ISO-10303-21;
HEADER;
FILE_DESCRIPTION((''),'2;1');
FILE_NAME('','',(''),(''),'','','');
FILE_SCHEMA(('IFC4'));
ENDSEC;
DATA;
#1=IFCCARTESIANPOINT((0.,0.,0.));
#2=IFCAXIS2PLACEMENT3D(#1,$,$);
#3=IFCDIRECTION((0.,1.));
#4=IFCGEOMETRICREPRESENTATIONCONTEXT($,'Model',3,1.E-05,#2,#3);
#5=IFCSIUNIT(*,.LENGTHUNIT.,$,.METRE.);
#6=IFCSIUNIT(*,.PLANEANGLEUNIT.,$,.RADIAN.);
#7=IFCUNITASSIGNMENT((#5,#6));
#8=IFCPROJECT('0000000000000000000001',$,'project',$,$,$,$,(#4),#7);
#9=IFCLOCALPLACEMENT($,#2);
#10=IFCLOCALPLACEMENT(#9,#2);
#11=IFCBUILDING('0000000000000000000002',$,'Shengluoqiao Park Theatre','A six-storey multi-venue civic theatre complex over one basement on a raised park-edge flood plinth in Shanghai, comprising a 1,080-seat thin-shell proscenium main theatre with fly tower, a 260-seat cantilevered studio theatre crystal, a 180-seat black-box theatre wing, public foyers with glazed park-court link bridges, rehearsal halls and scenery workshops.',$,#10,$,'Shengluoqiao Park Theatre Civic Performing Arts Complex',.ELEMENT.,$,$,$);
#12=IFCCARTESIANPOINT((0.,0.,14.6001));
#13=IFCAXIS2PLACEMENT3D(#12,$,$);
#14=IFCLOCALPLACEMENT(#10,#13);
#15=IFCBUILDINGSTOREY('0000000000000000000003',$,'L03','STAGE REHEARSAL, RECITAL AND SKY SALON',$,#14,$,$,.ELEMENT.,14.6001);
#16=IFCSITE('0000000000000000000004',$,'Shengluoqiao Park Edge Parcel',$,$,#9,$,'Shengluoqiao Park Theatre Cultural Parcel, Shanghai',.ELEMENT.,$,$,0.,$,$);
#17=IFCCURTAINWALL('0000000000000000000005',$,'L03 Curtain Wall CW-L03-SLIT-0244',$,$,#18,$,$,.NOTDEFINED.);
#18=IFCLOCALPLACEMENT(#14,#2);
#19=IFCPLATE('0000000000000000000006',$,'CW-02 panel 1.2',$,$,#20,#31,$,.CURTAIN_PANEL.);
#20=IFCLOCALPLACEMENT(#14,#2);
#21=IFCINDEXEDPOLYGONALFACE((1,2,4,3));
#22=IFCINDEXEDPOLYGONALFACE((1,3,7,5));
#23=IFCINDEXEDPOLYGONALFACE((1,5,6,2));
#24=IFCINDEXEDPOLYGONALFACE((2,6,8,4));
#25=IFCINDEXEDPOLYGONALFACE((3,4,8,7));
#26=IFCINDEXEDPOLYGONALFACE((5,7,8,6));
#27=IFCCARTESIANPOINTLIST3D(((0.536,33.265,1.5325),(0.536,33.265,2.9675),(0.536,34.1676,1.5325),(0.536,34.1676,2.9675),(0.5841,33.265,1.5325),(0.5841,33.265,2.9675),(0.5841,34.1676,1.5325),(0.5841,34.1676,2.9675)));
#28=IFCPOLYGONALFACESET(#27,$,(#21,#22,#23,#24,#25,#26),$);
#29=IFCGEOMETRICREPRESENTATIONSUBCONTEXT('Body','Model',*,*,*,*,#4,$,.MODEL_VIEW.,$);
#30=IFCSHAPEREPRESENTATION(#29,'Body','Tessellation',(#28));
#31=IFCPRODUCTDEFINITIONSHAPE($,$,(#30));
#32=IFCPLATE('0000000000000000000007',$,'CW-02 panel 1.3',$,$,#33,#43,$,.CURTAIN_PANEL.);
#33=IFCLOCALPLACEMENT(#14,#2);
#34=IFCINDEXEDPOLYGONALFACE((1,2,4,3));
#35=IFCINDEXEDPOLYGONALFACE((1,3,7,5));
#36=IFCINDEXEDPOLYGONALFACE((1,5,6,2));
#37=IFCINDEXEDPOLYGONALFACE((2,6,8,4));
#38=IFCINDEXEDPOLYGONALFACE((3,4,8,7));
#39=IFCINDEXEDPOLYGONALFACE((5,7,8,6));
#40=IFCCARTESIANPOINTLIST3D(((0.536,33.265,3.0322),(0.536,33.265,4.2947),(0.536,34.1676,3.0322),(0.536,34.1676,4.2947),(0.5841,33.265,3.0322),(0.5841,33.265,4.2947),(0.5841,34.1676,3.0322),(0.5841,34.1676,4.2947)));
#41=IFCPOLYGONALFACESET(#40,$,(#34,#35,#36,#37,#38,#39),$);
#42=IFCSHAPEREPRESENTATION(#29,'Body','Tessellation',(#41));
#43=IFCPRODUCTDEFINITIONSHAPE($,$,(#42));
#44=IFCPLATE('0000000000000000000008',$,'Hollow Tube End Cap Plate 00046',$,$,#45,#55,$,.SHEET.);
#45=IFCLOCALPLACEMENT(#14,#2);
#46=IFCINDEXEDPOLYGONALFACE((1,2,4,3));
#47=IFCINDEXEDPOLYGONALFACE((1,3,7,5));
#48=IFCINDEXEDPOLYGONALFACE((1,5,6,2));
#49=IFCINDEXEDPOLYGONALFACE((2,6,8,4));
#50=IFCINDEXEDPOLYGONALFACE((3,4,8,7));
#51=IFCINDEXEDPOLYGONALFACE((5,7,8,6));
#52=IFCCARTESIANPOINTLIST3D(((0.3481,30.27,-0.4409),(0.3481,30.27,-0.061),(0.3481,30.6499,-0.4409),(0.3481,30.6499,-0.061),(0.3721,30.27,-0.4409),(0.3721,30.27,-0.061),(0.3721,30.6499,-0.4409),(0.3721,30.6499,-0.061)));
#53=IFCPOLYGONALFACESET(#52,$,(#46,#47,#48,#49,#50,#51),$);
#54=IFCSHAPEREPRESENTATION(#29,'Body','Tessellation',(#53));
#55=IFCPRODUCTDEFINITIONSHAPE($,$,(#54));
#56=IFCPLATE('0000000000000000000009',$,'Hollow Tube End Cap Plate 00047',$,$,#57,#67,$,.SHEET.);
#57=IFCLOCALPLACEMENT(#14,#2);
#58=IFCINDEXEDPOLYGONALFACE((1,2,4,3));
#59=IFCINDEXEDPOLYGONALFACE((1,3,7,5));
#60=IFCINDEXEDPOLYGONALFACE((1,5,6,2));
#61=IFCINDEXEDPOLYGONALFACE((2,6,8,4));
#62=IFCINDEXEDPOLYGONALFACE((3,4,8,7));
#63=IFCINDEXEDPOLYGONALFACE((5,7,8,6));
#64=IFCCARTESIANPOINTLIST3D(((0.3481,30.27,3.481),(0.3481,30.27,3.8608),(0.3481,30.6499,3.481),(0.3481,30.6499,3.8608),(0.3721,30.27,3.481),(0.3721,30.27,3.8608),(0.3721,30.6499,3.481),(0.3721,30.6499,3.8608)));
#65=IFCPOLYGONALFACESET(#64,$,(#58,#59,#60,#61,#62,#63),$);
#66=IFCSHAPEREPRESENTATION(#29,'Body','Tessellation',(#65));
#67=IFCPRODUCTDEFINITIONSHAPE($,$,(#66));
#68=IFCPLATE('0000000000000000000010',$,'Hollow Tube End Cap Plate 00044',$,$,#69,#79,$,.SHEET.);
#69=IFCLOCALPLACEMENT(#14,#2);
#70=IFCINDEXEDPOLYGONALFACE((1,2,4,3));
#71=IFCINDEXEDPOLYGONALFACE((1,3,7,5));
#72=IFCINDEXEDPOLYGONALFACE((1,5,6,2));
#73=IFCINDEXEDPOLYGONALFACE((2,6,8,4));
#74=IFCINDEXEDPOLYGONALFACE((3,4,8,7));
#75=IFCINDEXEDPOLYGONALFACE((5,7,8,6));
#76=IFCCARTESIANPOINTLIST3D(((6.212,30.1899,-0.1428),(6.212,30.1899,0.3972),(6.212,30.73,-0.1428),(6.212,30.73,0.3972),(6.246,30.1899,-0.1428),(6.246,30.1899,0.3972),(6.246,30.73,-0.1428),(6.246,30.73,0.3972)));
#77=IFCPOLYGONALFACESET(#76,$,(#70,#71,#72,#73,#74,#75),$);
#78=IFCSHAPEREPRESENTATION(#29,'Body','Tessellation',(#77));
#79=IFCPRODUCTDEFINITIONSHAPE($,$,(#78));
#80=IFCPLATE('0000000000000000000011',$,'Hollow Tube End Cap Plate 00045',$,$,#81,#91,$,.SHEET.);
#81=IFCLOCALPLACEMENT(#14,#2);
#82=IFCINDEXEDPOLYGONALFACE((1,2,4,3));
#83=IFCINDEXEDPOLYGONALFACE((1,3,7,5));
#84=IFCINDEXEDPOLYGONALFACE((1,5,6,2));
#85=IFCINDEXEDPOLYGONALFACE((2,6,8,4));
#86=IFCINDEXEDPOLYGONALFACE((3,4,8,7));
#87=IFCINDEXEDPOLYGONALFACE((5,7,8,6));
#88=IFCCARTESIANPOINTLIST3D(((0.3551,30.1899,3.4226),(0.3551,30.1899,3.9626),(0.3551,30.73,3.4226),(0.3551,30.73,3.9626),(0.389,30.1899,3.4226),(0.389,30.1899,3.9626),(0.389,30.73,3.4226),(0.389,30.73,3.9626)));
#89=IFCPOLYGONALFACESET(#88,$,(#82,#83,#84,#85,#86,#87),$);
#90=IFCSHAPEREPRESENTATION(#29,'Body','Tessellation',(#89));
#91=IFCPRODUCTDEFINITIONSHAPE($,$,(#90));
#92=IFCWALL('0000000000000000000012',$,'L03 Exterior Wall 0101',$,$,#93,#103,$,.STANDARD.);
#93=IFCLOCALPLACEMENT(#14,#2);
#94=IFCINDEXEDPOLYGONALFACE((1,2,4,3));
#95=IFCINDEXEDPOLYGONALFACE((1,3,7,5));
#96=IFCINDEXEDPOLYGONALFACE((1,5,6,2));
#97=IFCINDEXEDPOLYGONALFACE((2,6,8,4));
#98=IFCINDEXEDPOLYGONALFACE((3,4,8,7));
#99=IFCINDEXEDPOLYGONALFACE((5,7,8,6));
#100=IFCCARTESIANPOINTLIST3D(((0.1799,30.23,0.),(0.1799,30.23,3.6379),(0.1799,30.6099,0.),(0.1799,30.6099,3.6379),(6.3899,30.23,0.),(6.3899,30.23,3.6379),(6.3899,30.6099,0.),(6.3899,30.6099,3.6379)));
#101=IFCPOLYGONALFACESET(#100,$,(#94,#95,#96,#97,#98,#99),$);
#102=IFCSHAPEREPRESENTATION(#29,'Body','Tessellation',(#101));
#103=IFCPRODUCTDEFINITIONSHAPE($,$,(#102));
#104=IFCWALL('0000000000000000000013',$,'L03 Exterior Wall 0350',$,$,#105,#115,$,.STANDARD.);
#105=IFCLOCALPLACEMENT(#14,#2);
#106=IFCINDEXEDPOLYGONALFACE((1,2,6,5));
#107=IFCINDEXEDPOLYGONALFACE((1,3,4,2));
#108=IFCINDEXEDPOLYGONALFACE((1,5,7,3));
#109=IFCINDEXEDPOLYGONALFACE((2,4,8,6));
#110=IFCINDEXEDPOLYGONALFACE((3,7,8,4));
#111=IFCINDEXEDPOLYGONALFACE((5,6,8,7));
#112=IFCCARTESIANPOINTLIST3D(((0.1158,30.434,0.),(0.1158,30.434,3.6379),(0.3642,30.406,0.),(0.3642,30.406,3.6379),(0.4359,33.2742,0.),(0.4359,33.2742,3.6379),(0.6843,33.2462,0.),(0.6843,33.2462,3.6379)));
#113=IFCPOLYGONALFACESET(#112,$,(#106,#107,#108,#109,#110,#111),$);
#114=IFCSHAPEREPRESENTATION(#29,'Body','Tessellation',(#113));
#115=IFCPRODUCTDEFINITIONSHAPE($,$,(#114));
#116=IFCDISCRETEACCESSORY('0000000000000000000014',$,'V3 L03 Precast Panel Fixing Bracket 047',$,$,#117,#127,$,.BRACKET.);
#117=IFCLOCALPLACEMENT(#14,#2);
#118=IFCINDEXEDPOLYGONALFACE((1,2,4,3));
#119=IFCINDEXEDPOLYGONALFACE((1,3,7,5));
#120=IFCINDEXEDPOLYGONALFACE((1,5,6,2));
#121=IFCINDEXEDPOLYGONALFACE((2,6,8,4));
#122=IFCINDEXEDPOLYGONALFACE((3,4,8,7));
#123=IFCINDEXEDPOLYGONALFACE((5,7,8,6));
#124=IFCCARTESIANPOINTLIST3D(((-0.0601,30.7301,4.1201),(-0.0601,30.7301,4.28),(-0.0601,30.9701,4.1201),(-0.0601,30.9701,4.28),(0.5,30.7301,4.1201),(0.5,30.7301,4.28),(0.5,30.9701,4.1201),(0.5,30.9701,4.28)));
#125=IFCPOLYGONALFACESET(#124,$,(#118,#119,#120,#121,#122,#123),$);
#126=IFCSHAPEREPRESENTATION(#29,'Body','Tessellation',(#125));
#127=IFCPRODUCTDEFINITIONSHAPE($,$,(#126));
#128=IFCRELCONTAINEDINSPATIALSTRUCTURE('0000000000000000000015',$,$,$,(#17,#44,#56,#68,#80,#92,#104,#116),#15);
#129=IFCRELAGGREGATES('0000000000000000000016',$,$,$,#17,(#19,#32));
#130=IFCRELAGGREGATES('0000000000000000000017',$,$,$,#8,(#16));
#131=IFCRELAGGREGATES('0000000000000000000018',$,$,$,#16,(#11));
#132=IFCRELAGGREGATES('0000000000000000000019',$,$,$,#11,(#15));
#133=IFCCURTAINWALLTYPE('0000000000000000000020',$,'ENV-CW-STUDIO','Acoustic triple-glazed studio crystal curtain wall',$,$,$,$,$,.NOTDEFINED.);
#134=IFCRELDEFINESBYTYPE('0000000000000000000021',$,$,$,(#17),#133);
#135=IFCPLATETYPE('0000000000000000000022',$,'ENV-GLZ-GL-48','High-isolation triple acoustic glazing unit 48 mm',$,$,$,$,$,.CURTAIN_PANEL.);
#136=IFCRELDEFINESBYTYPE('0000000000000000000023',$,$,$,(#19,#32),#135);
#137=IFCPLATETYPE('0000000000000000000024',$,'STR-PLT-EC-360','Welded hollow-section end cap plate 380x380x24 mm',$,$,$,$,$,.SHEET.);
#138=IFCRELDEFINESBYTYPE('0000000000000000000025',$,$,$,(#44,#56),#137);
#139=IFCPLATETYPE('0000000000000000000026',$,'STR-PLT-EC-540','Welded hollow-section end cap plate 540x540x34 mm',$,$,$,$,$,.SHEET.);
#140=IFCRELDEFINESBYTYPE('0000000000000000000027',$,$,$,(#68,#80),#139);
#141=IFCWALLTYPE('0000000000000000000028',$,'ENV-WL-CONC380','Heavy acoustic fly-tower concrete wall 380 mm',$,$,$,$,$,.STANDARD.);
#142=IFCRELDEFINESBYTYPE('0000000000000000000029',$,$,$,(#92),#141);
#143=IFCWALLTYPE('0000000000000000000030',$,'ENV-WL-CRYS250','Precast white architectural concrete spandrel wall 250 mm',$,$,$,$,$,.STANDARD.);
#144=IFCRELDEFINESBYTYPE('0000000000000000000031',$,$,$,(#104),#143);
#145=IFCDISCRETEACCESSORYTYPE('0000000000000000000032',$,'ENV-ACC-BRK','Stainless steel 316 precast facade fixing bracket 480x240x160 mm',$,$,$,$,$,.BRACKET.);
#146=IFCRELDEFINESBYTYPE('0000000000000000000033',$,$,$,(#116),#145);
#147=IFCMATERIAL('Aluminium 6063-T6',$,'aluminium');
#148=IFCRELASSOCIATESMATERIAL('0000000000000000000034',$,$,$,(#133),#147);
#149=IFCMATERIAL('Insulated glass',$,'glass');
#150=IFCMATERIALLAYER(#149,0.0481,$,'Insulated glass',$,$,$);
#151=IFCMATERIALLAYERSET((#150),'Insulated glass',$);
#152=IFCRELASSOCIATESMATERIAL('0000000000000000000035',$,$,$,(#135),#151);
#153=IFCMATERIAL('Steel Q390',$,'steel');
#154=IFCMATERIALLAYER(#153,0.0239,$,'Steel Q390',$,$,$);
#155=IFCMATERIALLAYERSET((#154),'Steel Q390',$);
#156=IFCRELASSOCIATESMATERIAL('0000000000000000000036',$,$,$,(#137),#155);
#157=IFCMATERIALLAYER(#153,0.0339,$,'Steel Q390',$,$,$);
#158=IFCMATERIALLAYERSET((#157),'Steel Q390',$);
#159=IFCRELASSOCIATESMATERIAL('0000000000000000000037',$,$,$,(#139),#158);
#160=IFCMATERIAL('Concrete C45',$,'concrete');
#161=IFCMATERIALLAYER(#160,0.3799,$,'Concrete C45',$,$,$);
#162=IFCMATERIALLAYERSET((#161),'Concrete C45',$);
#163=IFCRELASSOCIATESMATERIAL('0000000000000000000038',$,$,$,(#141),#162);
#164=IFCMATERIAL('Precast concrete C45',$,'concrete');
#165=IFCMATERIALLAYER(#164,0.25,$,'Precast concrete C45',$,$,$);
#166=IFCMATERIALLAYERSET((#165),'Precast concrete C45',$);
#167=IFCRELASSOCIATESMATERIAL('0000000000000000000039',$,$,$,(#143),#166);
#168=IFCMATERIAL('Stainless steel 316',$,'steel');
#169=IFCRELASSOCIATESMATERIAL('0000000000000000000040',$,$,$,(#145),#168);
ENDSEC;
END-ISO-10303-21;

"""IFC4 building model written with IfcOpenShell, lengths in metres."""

from ifc_helpers import new_model, si_unit, direction, frame, frame_2d, origin, origin_2d, place, context, subcontext, project, spatial, rectangle, extrude, material, layer, layer_set, type_object, element, aggregate, save


model = new_model("IFC4")

# Units and contexts
model_context = context("Model", 3, precision=1e-05, world=origin(), true_north=direction((0.0, 1.0)))
body_context = subcontext(model_context, "Body", "Model", "MODEL_VIEW")
ifc_project = project(units=[si_unit("LENGTHUNIT", "METRE"), si_unit("PLANEANGLEUNIT", "RADIAN")], contexts=[model_context])

# Site, building, storey
site_placement = place(None, origin())
site = spatial("IfcSite", under=ifc_project, at=site_placement, Name="Shengluoqiao Park Edge Parcel", LongName="Shengluoqiao Park Theatre Cultural Parcel, Shanghai", CompositionType="ELEMENT", RefElevation=0.0)
building_placement = place(site_placement, origin())
building = spatial("IfcBuilding", under=site, at=building_placement, Name="Shengluoqiao Park Theatre", Description="A six-storey multi-venue civic theatre complex over one basement on a raised park-edge flood plinth in Shanghai, comprising a 1,080-seat thin-shell proscenium main theatre with fly tower, a 260-seat cantilevered studio theatre crystal, a 180-seat black-box theatre wing, public foyers with glazed park-court link bridges, rehearsal halls and scenery workshops.", LongName="Shengluoqiao Park Theatre Civic Performing Arts Complex", CompositionType="ELEMENT")
storey_placement = place(building_placement, frame((0.0, 0.0, 14.6001)))
storey = spatial("IfcBuildingStorey", under=building, at=storey_placement, Name="L03", Description="STAGE REHEARSAL, RECITAL AND SKY SALON", CompositionType="ELEMENT", Elevation=14.6001)

# Curtain wall
ifc_material_1 = material(Name="Aluminium 6063-T6", Category="aluminium")
curtain_wall_type = type_object("IfcCurtainWallType", Name="ENV-CW-STUDIO", Description="Acoustic triple-glazed studio crystal curtain wall", PredefinedType="NOTDEFINED", material=ifc_material_1)
curtain_wall_1_placement = place(storey_placement, origin())
curtain_wall_1 = element("IfcCurtainWall", 1, at=curtain_wall_1_placement, inside=storey, type_object=curtain_wall_type, Name="L03 Curtain Wall CW-L03-SLIT-0244", PredefinedType="NOTDEFINED")

# Shared definitions
ifc_material_2 = material(Name="Steel Q390", Category="steel")

# Plates
ifc_material_3 = material(Name="Precast concrete C45", Category="concrete")
ifc_material_4 = material(Name="Insulated glass", Category="glass")
ifc_layer_1 = layer(ifc_material_4, 0.0481, Name="Insulated glass")
ifc_layer_set_1 = layer_set([ifc_layer_1], Name="Insulated glass")
plate_type_1 = type_object("IfcPlateType", Name="ENV-GLZ-GL-48", Description="High-isolation triple acoustic glazing unit 48 mm", PredefinedType="CURTAIN_PANEL", material=ifc_layer_set_1)
plate_1_placement = place(storey_placement, frame((0.5601, 33.7163, 1.5325), z_axis=(0.0, 0.0, 1.0), x_axis=(0.0, 1.0, 0.0)))
plate_1 = element("IfcPlate", 2, at=plate_1_placement, type_object=plate_type_1, Name="CW-02 panel 1.2", PredefinedType="CURTAIN_PANEL", context=body_context, shape_type="SweptSolid", body=[
    extrude(rectangle(XDim=0.9026, YDim=0.0481, at=origin_2d()), origin(), (0.0, 0.0, 1.0), 1.4351),
])
plate_2_placement = place(storey_placement, frame((0.5601, 33.7163, 3.0322), z_axis=(0.0, 0.0, 1.0), x_axis=(0.0, 1.0, 0.0)))
plate_2 = element("IfcPlate", 3, at=plate_2_placement, type_object=plate_type_1, Name="CW-02 panel 1.3", PredefinedType="CURTAIN_PANEL", context=body_context, shape_type="SweptSolid", body=[
    extrude(rectangle(XDim=0.9026, YDim=0.0481, at=origin_2d()), origin(), (0.0, 0.0, 1.0), 1.2625),
])
aggregate(curtain_wall_1, [plate_1, plate_2])

# Plates
ifc_layer_2 = layer(ifc_material_2, 0.0239, Name="Steel Q390")
ifc_layer_set_2 = layer_set([ifc_layer_2], Name="Steel Q390")
plate_type_2 = type_object("IfcPlateType", Name="STR-PLT-EC-360", Description="Welded hollow-section end cap plate 380x380x24 mm", PredefinedType="SHEET", material=ifc_layer_set_2)
for number, where, z_axis, x_axis, name in (
    (4, (0.3601, 30.46, -0.4409), (0.0, 0.0, 1.0), (1.0, 0.0, 0.0), "Hollow Tube End Cap Plate 00046"),
    (5, (0.3601, 30.46, 3.481), (0.0, 0.0, 1.0), (1.0, 0.0, 0.0), "Hollow Tube End Cap Plate 00047"),
):
    element("IfcPlate", number, at=place(storey_placement, frame(where, z_axis=z_axis, x_axis=x_axis)), inside=storey, type_object=plate_type_2, Name=name, PredefinedType="SHEET", context=body_context, shape_type="SweptSolid", body=[
        extrude(rectangle(XDim=0.0239, YDim=0.3799, at=origin_2d()), origin(), (0.0, 0.0, 1.0), 0.3799),
    ])
ifc_layer_3 = layer(ifc_material_2, 0.0339, Name="Steel Q390")
ifc_layer_set_3 = layer_set([ifc_layer_3], Name="Steel Q390")
plate_type_3 = type_object("IfcPlateType", Name="STR-PLT-EC-540", Description="Welded hollow-section end cap plate 540x540x34 mm", PredefinedType="SHEET", material=ifc_layer_set_3)
for number, where, z_axis, x_axis, name in (
    (6, (6.229, 30.46, -0.1428), (0.0, 0.0, 1.0), (-1.0, 0.0, 0.0), "Hollow Tube End Cap Plate 00044"),
    (7, (0.3721, 30.46, 3.4226), (0.0, 0.0, 1.0), (-1.0, 0.0, 0.0), "Hollow Tube End Cap Plate 00045"),
):
    element("IfcPlate", number, at=place(storey_placement, frame(where, z_axis=z_axis, x_axis=x_axis)), inside=storey, type_object=plate_type_3, Name=name, PredefinedType="SHEET", context=body_context, shape_type="SweptSolid", body=[
        extrude(rectangle(XDim=0.0339, YDim=0.54, at=origin_2d()), origin(), (0.0, 0.0, 1.0), 0.54),
    ])

# Walls
ifc_material_5 = material(Name="Concrete C45", Category="concrete")
ifc_layer_4 = layer(ifc_material_5, 0.3799, Name="Concrete C45")
ifc_layer_set_4 = layer_set([ifc_layer_4], Name="Concrete C45")
wall_type_1 = type_object("IfcWallType", Name="ENV-WL-CONC380", Description="Heavy acoustic fly-tower concrete wall 380 mm", PredefinedType="STANDARD", material=ifc_layer_set_4)
wall_1_placement = place(storey_placement, frame((0.1799, 30.4199, 0.0), z_axis=(0.0, 0.0, 1.0), x_axis=(1.0, 0.0, 0.0)))
element("IfcWall", 8, at=wall_1_placement, inside=storey, type_object=wall_type_1, Name="L03 Exterior Wall 0101", PredefinedType="STANDARD", context=body_context, shape_type="SweptSolid", body=[
    extrude(rectangle(XDim=6.21, YDim=0.3799, at=frame_2d((3.105, 0.0))), origin(), (0.0, 0.0, 1.0), 3.6379),
])
ifc_layer_5 = layer(ifc_material_3, 0.25, Name="Precast concrete C45")
ifc_layer_set_5 = layer_set([ifc_layer_5], Name="Precast concrete C45")
wall_type_2 = type_object("IfcWallType", Name="ENV-WL-CRYS250", Description="Precast white architectural concrete spandrel wall 250 mm", PredefinedType="STANDARD", material=ifc_layer_set_5)
wall_2_placement = place(storey_placement, frame((0.24, 30.4199, 0.0), z_axis=(0.0, 0.0, 1.0), x_axis=(0.111988, 0.99371, 0.0)))
element("IfcWall", 9, at=wall_2_placement, inside=storey, type_object=wall_type_2, Name="L03 Exterior Wall 0350", PredefinedType="STANDARD", context=body_context, shape_type="SweptSolid", body=[
    extrude(rectangle(XDim=2.8582, YDim=0.25, at=frame_2d((1.4292, 0.0))), origin(), (0.0, 0.0, 1.0), 3.6379),
])

# Discrete accessory
ifc_material_6 = material(Name="Stainless steel 316", Category="steel")
discrete_accessory_type = type_object("IfcDiscreteAccessoryType", Name="ENV-ACC-BRK", Description="Stainless steel 316 precast facade fixing bracket 480x240x160 mm", PredefinedType="BRACKET", material=ifc_material_6)
discrete_accessory_placement = place(storey_placement, frame((0.22, 30.8501, 4.1201), z_axis=(0.0, 0.0, 1.0), x_axis=(1.0, 0.0, 0.0)))
element("IfcDiscreteAccessory", 10, at=discrete_accessory_placement, inside=storey, type_object=discrete_accessory_type, Name="V3 L03 Precast Panel Fixing Bracket 047", PredefinedType="BRACKET", context=body_context, shape_type="SweptSolid", body=[
    extrude(rectangle(XDim=0.5601, YDim=0.24, at=origin_2d()), origin(), (0.0, 0.0, 1.0), 0.1599),
])

save(model, "model.ifc")
